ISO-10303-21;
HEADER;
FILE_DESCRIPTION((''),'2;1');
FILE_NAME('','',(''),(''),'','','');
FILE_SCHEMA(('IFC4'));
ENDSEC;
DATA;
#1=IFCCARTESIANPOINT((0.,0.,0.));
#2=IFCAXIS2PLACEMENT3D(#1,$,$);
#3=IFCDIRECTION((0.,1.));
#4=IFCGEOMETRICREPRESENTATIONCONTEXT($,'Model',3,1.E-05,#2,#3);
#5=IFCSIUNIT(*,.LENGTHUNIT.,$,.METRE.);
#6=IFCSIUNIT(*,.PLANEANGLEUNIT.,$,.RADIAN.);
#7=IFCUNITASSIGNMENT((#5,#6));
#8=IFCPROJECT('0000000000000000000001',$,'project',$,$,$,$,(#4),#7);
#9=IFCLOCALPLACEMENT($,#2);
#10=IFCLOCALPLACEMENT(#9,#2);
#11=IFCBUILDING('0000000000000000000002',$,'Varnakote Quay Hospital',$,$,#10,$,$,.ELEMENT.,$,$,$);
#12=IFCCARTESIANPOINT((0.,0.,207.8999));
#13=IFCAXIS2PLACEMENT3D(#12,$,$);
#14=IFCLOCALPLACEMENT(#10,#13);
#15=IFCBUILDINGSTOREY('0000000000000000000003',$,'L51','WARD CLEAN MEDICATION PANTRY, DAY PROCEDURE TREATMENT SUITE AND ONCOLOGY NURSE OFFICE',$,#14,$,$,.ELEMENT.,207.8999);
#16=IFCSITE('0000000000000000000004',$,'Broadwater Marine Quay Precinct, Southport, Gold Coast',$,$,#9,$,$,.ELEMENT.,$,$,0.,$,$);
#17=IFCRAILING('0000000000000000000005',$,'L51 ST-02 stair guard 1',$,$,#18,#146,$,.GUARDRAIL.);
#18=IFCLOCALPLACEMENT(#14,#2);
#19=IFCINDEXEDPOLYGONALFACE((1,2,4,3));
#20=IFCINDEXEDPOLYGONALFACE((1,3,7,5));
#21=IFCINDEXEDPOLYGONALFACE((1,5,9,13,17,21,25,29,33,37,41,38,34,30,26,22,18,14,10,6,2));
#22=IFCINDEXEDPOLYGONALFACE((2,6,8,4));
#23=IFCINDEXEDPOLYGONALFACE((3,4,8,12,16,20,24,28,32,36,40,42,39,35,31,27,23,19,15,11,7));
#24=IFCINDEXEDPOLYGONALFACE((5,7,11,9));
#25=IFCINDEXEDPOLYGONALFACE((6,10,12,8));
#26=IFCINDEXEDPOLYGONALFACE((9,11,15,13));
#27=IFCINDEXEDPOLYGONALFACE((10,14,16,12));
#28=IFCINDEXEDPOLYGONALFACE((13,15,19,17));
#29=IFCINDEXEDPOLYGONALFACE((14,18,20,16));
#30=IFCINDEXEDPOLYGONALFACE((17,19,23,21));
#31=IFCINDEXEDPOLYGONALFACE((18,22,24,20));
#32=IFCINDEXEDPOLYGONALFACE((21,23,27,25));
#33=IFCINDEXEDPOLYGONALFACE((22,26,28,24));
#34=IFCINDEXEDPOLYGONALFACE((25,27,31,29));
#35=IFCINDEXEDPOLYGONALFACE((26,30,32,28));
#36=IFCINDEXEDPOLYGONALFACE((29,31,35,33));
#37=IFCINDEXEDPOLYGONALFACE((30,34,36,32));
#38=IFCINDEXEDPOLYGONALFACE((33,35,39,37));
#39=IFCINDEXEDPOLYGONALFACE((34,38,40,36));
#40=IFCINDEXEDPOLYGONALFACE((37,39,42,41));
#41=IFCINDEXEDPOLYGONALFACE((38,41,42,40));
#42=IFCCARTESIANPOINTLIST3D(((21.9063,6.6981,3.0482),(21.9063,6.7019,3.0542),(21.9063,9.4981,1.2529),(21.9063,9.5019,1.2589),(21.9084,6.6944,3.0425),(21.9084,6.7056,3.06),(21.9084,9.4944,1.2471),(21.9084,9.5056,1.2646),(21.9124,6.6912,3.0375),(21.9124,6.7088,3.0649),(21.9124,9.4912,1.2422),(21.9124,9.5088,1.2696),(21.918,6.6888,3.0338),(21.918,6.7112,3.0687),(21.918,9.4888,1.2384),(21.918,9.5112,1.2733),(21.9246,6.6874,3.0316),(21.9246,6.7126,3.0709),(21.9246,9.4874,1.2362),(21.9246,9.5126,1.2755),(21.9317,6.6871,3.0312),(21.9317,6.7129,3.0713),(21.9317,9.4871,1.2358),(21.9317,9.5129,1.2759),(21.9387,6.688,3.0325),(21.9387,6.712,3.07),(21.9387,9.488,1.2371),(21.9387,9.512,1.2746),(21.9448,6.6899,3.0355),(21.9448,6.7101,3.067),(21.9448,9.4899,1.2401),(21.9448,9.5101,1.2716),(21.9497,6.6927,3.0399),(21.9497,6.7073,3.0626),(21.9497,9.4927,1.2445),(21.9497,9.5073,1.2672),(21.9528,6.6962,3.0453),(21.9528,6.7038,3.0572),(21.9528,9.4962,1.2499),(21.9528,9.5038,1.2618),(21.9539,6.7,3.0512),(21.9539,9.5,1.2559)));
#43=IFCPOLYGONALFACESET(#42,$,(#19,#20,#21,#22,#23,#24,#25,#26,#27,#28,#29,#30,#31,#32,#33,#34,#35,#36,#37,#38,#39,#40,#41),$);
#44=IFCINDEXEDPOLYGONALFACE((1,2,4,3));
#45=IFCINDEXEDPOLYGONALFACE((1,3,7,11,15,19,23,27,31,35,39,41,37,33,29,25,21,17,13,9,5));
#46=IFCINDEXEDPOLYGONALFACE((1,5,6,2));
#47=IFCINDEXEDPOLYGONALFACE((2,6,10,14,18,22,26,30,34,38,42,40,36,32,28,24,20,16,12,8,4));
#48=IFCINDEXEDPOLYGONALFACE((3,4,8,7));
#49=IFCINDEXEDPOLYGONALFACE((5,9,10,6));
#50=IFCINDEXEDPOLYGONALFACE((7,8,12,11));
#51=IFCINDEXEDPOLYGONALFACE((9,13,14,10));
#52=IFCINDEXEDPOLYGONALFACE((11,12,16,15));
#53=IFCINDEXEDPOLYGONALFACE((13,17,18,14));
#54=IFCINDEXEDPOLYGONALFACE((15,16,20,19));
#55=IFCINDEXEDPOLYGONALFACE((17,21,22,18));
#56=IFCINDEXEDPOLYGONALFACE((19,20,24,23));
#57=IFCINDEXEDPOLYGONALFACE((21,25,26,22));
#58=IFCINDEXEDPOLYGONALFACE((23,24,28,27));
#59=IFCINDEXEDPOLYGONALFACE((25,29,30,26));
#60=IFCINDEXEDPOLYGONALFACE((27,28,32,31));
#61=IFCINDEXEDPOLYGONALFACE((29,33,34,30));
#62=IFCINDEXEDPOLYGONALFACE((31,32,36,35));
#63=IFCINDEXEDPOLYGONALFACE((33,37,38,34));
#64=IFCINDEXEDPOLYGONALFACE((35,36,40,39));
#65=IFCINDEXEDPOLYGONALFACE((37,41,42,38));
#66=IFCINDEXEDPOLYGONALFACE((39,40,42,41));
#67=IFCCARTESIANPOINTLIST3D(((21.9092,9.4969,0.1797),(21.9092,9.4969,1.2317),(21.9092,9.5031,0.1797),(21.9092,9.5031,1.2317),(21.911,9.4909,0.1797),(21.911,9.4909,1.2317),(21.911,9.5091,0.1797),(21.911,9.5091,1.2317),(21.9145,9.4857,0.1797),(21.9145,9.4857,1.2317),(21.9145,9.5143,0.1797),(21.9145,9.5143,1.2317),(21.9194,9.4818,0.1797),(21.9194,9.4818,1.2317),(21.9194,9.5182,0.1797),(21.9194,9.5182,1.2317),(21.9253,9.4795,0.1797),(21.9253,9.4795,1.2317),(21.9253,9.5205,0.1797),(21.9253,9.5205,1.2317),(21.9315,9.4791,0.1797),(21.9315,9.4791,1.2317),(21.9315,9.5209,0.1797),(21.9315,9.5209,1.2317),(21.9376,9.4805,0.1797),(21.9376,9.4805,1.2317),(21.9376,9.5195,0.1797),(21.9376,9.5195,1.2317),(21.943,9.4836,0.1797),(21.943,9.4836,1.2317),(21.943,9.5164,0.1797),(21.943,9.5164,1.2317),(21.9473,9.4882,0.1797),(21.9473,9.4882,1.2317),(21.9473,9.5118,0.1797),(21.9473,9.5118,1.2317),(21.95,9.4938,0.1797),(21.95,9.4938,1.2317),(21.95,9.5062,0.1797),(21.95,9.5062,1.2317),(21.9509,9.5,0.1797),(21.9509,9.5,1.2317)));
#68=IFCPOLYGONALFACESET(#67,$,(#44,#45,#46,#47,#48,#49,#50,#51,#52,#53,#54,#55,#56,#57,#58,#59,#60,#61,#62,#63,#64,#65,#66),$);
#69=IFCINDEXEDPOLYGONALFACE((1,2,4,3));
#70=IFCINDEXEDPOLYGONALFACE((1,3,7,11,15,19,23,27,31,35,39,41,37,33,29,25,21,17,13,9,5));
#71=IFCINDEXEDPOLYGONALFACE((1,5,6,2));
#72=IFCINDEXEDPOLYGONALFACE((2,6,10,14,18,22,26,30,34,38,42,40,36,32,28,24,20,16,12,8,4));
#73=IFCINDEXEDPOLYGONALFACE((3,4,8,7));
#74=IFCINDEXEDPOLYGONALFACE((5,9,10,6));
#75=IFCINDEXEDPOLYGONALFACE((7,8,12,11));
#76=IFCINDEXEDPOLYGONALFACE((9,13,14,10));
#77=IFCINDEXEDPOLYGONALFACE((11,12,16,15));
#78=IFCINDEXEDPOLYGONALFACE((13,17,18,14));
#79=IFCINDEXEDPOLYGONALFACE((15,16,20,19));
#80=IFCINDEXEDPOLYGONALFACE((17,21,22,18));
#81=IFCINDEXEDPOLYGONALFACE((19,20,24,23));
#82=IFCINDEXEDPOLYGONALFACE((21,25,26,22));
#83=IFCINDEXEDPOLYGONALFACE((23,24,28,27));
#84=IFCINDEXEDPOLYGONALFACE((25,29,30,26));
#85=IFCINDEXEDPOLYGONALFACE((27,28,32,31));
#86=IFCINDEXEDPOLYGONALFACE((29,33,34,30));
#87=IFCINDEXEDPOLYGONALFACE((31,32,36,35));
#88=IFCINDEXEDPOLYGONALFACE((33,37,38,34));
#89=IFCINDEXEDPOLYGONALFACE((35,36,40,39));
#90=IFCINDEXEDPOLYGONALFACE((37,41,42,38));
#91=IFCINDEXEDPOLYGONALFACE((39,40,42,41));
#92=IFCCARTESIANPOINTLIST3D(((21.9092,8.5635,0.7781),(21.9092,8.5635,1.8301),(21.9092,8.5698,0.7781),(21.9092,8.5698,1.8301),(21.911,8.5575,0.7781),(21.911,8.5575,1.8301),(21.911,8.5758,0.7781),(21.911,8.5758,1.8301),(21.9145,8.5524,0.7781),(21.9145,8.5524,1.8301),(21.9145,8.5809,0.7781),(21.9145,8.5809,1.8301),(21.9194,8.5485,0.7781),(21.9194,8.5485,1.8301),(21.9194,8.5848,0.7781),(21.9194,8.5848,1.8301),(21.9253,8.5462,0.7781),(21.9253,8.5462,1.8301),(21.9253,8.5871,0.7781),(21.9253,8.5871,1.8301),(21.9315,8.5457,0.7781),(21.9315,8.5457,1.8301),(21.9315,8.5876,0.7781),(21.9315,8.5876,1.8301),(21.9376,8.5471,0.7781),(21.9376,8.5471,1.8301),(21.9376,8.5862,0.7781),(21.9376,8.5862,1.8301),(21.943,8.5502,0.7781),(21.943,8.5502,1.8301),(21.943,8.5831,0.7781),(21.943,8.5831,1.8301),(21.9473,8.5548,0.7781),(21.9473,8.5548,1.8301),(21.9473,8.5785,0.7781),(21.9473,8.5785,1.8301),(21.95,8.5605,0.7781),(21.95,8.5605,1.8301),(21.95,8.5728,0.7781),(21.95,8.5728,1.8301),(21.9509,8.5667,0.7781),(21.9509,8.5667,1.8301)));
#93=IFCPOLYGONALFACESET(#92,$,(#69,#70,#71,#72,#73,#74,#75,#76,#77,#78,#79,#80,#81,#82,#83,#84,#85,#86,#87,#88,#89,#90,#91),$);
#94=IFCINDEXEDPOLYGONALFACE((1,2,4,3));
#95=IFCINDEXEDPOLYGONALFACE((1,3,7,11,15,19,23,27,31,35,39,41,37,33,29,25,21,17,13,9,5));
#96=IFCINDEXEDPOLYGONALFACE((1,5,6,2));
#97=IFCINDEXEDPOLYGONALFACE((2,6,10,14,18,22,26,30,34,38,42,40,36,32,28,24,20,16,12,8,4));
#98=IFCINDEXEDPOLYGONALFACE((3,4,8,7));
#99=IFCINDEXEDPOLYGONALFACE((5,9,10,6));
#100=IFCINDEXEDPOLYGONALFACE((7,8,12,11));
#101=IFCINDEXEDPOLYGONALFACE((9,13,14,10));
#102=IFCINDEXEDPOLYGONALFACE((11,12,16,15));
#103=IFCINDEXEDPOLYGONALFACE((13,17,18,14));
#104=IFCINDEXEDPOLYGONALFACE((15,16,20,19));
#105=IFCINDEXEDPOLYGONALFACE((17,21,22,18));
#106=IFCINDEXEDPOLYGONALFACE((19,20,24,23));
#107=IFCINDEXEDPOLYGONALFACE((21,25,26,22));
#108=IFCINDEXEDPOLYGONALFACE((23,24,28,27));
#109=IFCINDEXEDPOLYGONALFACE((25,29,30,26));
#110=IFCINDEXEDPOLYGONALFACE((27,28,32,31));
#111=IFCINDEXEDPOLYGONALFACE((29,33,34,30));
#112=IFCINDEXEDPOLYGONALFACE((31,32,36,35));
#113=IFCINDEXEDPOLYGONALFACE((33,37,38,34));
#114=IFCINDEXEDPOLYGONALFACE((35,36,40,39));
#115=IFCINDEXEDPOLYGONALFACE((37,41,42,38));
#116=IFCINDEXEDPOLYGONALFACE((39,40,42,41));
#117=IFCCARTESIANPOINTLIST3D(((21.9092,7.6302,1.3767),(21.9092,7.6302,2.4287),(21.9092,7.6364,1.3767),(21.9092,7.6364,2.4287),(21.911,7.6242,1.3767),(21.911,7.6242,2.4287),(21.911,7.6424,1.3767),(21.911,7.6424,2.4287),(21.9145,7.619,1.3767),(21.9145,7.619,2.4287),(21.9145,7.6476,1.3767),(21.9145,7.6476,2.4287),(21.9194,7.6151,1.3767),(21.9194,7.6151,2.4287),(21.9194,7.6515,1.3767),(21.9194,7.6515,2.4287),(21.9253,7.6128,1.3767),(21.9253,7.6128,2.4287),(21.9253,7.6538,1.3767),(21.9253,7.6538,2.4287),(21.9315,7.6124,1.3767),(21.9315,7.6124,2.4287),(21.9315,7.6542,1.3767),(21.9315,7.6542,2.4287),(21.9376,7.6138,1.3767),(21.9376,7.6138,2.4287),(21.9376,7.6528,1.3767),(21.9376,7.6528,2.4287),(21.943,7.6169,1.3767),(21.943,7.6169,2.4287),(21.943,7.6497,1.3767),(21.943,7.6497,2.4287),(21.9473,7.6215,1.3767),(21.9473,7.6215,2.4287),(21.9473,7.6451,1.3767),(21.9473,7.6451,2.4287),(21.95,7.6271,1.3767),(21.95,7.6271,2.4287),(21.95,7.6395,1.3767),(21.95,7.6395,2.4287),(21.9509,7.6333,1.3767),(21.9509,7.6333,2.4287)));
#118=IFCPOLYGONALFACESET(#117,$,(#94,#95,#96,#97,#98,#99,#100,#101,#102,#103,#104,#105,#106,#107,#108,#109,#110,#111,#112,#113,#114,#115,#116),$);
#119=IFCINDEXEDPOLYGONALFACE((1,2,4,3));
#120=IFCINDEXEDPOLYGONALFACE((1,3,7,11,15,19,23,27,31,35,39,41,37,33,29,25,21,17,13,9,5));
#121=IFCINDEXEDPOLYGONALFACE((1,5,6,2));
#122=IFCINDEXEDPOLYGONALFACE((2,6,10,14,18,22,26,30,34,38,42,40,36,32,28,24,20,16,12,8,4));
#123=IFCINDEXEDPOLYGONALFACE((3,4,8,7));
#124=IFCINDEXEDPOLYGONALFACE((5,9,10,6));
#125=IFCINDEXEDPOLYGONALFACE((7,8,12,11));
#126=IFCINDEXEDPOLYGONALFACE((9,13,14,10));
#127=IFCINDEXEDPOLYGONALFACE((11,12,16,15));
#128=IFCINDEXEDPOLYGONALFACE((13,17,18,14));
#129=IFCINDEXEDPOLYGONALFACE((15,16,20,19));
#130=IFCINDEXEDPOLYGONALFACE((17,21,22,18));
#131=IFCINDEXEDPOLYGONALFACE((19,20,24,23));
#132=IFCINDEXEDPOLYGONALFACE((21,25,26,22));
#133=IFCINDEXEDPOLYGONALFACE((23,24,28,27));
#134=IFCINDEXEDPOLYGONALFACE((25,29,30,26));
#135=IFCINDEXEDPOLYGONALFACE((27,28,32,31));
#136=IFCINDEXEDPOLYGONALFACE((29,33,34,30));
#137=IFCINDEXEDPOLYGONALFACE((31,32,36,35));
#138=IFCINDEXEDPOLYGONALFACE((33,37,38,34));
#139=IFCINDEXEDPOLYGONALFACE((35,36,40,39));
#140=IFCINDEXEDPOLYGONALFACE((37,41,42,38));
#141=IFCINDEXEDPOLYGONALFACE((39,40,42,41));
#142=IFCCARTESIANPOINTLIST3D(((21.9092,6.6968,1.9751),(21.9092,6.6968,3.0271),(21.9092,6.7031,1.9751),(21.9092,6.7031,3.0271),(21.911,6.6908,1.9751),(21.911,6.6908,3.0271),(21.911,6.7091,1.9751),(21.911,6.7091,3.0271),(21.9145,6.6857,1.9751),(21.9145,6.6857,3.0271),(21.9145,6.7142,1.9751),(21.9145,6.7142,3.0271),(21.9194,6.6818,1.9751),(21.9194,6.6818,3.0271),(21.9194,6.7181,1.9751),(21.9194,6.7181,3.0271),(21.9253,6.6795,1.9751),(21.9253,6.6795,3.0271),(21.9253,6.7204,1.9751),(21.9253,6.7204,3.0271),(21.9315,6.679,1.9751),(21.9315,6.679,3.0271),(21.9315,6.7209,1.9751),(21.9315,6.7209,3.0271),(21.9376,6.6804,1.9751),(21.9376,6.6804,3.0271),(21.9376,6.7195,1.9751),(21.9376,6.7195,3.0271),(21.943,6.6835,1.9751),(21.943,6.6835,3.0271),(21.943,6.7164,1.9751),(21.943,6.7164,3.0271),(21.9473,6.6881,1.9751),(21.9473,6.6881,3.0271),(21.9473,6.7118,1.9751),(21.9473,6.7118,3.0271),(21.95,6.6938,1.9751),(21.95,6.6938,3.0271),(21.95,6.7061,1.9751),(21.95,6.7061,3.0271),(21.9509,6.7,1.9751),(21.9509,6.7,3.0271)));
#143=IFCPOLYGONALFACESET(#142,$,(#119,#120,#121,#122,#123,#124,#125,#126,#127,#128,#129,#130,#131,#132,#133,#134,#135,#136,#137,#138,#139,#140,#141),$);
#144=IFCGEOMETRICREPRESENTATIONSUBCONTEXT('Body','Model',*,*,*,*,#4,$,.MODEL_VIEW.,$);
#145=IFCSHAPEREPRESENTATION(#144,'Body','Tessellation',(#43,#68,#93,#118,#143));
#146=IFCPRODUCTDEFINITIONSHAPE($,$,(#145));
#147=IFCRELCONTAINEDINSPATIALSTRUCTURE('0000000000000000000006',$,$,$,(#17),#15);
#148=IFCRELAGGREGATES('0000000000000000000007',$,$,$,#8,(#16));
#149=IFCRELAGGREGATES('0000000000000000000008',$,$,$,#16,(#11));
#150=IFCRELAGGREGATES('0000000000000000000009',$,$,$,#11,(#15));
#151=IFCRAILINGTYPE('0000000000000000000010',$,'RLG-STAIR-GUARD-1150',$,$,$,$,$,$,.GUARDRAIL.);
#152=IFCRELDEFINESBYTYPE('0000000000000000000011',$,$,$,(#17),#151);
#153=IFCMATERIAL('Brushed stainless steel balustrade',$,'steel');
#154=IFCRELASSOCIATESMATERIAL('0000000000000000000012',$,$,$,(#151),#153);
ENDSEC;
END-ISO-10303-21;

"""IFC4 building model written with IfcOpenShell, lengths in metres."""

from ifc_helpers import new_model, si_unit, direction, frame, origin, origin_2d, place, context, subcontext, project, spatial, circle, extrude, material, type_object, element, save


model = new_model("IFC4")

# Units and contexts
model_context = context("Model", 3, precision=1e-05, world=origin(), true_north=direction((0.0, 1.0)))
body_context = subcontext(model_context, "Body", "Model", "MODEL_VIEW")
ifc_project = project(units=[si_unit("LENGTHUNIT", "METRE"), si_unit("PLANEANGLEUNIT", "RADIAN")], contexts=[model_context])

# Site, building, storey
site_placement = place(None, origin())
site = spatial("IfcSite", under=ifc_project, at=site_placement, Name="Broadwater Marine Quay Precinct, Southport, Gold Coast", CompositionType="ELEMENT", RefElevation=0.0)
building_placement = place(site_placement, origin())
building = spatial("IfcBuilding", under=site, at=building_placement, Name="Varnakote Quay Hospital", CompositionType="ELEMENT")
storey_placement = place(building_placement, frame((0.0, 0.0, 207.8999)))
storey = spatial("IfcBuildingStorey", under=building, at=storey_placement, Name="L51", Description="WARD CLEAN MEDICATION PANTRY, DAY PROCEDURE TREATMENT SUITE AND ONCOLOGY NURSE OFFICE", CompositionType="ELEMENT", Elevation=207.8999)

# Railing
ifc_material_1 = material(Name="Brushed stainless steel balustrade", Category="steel")
railing_type_1 = type_object("IfcRailingType", Name="RLG-STAIR-GUARD-1150", PredefinedType="GUARDRAIL", material=ifc_material_1)
railing_1_placement = place(storey_placement, frame((21.9299, 9.5, 0.1797)))
element("IfcRailing", 1, at=railing_1_placement, inside=storey, type_object=railing_type_1, Name="L51 ST-02 stair guard 1", PredefinedType="GUARDRAIL", context=body_context, shape_type="SweptSolid", body=[
    extrude(circle(Radius=0.0239, at=origin_2d()), frame((0.0, 0.0, 1.0762), z_axis=(0.0, -0.84181, 0.539774), x_axis=(1.0, 0.0, 0.0)), (0.0, 0.0, 1.0), 3.3262),
    extrude(circle(Radius=0.021, at=origin_2d()), origin(), (0.0, 0.0, 1.0), 1.052),
    extrude(circle(Radius=0.021, at=origin_2d()), frame((0.0, -0.9333, 0.5984)), (0.0, 0.0, 1.0), 1.052),
    extrude(circle(Radius=0.021, at=origin_2d()), frame((0.0, -1.8667, 1.197)), (0.0, 0.0, 1.0), 1.052),
    extrude(circle(Radius=0.021, at=origin_2d()), frame((0.0, -2.8, 1.7954)), (0.0, 0.0, 1.0), 1.052),
])

save(model, "model.ifc")
